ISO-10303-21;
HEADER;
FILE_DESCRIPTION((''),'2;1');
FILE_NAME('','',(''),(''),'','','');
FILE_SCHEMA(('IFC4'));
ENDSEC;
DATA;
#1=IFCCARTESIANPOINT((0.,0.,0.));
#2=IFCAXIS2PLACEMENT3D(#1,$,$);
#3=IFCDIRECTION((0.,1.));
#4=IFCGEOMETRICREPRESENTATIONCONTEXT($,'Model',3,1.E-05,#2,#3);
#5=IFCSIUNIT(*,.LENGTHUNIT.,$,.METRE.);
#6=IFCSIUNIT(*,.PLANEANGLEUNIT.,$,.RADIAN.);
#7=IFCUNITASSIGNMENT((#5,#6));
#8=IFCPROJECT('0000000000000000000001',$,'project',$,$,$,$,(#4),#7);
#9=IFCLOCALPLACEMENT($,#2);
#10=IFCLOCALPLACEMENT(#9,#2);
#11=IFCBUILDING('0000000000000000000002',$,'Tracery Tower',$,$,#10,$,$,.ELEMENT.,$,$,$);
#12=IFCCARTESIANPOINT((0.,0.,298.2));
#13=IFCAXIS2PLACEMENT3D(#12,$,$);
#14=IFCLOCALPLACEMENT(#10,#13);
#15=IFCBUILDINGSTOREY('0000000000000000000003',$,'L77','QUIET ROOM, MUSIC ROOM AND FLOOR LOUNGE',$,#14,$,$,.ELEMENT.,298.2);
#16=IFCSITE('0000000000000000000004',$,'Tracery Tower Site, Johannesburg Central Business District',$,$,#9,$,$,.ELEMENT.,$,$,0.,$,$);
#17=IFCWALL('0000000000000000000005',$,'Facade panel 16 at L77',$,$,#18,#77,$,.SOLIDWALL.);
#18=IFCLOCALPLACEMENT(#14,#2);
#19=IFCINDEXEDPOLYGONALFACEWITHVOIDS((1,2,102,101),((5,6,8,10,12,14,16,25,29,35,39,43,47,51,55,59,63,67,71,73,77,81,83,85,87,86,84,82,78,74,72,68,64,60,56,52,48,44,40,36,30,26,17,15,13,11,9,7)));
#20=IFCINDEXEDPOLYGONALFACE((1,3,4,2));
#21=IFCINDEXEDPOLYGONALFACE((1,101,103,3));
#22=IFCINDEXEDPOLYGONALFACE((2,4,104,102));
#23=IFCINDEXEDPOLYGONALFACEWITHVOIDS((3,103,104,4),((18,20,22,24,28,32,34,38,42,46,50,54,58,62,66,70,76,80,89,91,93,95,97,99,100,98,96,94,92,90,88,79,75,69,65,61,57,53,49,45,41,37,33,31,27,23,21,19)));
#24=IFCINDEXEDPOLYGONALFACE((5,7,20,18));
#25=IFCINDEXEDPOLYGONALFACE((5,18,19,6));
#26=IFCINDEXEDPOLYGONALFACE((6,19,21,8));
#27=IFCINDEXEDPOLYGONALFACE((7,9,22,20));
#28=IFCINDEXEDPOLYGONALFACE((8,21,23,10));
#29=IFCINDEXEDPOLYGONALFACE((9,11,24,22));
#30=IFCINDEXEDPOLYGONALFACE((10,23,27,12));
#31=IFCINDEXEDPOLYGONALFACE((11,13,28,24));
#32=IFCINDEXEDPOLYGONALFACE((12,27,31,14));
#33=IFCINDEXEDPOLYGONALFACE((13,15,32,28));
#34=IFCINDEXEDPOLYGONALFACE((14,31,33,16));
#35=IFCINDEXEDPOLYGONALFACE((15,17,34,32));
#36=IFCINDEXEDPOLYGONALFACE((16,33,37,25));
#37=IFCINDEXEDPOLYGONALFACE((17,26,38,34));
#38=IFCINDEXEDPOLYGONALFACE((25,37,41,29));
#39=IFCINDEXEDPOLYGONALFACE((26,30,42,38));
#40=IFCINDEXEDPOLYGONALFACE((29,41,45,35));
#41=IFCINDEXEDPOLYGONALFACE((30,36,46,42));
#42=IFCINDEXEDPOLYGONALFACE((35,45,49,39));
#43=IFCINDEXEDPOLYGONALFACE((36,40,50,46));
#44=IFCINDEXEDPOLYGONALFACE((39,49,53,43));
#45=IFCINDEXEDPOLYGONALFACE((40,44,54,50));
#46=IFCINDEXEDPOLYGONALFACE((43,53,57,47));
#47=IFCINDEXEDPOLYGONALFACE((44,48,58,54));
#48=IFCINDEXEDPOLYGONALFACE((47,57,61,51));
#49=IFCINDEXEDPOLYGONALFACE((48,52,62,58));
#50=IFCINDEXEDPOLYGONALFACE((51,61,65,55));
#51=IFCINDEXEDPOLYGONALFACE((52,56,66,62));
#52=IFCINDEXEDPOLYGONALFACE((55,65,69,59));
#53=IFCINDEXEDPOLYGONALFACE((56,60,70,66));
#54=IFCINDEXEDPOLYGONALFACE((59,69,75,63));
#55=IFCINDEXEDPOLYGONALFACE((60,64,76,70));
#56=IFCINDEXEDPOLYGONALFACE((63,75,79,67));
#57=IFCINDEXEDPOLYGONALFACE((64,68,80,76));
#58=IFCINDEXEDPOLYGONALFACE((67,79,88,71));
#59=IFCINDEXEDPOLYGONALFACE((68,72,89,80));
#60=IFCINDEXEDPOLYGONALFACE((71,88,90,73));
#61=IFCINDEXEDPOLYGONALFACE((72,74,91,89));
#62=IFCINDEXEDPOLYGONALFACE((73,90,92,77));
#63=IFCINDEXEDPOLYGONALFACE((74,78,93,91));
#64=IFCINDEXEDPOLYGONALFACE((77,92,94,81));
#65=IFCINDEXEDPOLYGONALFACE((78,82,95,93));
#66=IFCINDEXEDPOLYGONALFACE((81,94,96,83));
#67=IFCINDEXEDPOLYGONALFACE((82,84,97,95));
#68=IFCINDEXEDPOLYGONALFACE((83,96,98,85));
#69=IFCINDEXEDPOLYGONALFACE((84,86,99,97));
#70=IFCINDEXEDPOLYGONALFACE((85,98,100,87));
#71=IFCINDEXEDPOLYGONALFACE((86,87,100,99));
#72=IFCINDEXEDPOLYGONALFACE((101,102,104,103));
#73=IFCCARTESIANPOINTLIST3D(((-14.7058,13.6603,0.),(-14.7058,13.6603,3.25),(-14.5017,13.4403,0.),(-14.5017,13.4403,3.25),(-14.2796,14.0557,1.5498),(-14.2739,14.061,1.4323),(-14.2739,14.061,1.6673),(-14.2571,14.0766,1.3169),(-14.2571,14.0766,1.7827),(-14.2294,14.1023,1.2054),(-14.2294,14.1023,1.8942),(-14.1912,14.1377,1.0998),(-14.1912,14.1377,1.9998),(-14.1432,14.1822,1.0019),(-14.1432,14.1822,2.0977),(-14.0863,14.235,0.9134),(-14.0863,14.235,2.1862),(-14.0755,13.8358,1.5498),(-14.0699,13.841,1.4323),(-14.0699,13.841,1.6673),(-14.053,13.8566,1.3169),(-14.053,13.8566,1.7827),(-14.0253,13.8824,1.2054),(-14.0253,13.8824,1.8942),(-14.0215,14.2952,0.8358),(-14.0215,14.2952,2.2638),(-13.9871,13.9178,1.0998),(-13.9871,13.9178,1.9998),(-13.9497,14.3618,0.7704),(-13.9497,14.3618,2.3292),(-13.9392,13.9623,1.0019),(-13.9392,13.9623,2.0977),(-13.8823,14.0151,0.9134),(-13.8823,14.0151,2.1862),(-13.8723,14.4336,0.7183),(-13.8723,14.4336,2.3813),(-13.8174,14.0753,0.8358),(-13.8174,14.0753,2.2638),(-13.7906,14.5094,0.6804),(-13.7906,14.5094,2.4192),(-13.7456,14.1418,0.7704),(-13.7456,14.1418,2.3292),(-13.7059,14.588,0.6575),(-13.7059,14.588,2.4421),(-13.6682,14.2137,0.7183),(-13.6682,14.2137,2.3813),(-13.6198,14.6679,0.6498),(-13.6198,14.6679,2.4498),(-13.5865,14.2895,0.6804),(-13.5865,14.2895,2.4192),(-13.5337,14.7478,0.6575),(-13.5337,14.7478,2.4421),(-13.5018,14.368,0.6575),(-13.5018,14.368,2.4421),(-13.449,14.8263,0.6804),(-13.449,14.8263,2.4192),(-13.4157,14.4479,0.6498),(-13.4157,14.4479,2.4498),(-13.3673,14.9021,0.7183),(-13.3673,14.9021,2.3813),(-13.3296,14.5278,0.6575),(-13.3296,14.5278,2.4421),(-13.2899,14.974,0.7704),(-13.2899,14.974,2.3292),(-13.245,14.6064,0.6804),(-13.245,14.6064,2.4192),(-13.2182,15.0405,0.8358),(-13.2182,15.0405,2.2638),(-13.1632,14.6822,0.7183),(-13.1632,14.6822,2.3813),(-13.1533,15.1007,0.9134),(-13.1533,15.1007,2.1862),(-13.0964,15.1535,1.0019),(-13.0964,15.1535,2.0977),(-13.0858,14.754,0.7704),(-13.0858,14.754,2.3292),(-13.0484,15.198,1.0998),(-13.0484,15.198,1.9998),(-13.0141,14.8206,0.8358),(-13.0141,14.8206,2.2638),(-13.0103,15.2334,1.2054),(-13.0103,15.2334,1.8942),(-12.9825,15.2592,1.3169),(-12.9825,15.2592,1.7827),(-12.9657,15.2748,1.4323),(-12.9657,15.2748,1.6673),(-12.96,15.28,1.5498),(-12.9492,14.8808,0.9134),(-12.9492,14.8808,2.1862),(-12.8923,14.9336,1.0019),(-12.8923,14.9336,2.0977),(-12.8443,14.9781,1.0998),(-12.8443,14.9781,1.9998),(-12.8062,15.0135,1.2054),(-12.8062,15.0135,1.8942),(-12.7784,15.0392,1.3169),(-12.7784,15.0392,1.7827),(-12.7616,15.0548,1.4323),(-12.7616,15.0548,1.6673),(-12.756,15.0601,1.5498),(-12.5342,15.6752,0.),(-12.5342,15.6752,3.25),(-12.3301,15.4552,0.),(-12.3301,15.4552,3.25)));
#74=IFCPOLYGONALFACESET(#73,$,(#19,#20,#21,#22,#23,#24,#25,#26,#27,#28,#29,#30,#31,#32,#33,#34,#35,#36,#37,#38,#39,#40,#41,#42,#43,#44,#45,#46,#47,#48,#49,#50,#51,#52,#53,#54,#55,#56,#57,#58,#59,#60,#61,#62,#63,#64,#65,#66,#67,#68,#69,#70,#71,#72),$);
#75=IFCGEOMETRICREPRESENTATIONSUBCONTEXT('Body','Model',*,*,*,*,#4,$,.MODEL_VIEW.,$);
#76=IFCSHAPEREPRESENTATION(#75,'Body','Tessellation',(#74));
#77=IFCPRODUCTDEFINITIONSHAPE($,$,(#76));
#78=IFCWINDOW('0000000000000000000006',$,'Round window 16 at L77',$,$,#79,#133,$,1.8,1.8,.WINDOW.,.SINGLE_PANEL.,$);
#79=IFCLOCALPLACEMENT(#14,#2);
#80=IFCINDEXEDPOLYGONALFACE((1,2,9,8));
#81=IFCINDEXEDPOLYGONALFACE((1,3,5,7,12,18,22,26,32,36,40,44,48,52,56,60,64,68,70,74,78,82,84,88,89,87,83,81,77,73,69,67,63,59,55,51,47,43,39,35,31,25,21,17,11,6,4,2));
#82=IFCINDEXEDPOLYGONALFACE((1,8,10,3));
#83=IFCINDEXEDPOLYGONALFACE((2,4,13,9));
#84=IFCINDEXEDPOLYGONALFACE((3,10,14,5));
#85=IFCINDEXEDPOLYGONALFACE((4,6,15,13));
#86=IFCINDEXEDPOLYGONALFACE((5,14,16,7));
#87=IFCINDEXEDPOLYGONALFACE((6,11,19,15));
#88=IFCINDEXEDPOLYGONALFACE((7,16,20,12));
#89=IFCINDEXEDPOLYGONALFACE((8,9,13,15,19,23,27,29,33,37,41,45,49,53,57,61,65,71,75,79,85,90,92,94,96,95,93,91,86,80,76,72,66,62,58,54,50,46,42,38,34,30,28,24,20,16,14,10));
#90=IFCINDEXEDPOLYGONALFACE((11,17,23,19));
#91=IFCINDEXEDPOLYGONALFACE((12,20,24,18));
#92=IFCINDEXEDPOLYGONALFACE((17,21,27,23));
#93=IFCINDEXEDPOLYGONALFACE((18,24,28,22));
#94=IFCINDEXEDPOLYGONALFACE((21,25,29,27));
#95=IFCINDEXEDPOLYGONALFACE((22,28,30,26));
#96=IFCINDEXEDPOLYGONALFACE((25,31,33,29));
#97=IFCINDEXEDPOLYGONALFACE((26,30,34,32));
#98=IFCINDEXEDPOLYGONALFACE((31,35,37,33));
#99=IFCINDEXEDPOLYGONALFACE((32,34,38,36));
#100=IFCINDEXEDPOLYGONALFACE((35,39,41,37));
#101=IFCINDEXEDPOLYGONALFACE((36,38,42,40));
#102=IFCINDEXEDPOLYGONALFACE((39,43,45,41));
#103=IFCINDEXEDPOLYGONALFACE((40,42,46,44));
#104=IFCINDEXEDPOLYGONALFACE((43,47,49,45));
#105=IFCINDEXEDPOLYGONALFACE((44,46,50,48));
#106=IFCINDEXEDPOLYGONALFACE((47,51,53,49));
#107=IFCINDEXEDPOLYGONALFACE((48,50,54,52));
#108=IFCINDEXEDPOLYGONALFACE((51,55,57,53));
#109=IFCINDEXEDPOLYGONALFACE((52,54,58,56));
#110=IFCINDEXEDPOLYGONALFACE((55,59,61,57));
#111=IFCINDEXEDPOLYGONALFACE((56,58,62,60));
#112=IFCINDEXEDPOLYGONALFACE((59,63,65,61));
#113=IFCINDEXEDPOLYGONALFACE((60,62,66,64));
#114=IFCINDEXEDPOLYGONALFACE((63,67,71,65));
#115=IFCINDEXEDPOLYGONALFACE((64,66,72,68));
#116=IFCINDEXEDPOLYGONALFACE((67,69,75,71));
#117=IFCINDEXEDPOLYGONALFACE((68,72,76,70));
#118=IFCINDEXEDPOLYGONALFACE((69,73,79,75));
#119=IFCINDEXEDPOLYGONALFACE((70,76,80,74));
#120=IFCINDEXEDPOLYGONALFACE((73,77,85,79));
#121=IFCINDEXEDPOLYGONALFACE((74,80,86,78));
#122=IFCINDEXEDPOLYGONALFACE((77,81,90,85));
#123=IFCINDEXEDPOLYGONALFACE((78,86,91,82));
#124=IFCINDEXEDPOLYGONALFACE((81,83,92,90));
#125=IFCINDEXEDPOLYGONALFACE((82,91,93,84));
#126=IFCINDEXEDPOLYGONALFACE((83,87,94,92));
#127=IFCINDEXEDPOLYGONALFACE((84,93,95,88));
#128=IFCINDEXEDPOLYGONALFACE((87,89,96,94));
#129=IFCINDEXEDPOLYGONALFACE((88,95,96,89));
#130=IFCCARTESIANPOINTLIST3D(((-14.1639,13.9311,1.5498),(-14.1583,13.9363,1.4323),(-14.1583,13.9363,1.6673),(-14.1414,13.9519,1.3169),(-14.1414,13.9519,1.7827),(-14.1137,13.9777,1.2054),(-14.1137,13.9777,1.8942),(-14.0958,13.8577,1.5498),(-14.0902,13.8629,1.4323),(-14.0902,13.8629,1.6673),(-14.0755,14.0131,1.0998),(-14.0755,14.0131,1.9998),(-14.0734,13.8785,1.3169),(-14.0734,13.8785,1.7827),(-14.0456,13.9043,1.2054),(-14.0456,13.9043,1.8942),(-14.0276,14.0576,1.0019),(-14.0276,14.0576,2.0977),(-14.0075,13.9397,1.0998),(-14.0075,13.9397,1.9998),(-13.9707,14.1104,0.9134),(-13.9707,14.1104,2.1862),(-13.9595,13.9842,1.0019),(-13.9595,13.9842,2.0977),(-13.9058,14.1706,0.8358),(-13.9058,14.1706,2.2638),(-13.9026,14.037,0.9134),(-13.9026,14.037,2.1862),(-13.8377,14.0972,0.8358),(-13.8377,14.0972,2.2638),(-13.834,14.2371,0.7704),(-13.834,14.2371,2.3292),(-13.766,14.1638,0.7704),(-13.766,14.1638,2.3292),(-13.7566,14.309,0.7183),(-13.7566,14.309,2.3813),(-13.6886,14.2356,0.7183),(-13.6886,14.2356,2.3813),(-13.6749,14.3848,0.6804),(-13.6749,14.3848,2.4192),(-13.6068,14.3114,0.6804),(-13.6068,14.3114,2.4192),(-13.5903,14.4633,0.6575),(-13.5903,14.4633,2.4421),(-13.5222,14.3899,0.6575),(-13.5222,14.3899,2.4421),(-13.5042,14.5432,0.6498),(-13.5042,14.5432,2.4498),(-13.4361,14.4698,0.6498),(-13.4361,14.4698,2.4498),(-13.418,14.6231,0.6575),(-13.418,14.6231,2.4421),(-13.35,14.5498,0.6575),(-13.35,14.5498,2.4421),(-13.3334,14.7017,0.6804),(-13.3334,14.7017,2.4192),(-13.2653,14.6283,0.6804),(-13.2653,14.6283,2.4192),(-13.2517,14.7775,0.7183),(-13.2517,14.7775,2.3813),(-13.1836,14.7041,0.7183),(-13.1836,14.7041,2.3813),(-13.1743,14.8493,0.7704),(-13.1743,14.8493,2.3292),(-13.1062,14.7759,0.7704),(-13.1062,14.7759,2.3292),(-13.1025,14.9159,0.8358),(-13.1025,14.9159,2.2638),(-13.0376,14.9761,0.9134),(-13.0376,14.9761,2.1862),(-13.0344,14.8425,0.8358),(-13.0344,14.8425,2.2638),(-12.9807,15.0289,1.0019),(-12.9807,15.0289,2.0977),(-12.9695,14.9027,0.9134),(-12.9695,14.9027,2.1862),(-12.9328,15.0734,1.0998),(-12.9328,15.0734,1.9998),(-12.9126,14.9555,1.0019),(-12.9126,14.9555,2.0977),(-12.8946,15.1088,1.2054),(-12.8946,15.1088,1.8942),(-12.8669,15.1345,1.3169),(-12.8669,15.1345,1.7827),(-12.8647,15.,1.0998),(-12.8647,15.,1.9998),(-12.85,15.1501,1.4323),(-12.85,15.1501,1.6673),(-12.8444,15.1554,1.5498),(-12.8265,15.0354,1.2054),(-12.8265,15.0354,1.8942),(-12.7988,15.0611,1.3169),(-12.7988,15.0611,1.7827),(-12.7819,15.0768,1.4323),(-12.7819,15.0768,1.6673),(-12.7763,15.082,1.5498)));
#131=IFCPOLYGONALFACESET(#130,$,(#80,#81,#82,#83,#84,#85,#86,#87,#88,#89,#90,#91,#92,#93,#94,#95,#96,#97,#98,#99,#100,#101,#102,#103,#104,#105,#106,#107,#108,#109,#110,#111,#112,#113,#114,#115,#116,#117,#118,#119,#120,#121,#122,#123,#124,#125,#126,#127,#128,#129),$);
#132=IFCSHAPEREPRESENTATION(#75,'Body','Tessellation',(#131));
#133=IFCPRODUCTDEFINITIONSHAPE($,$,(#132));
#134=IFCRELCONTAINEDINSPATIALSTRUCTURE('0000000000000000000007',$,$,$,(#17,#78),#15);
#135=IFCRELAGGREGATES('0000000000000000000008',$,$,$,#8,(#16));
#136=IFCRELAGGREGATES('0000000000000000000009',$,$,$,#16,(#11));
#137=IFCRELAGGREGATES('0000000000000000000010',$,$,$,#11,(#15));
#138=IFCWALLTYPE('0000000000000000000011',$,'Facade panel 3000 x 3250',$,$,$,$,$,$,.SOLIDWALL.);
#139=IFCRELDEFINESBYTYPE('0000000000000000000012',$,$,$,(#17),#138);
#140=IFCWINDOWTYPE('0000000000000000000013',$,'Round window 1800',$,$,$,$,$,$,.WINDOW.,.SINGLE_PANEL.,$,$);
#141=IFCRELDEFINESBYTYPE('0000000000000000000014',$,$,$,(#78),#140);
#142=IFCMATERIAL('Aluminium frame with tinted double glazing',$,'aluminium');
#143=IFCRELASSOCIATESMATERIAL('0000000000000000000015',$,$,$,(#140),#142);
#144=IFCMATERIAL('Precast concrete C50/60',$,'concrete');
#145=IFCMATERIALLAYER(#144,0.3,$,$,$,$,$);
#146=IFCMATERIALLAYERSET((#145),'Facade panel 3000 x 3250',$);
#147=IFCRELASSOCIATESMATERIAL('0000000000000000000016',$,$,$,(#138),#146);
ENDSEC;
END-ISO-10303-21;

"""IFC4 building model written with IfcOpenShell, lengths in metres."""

from ifc_helpers import new_model, si_unit, direction, frame, frame_2d, origin, origin_2d, place, context, subcontext, project, spatial, rectangle, circle, extrude, material, layer, layer_set, type_object, element, fill, save


model = new_model("IFC4")

# Units and contexts
model_context = context("Model", 3, precision=1e-05, world=origin(), true_north=direction((0.0, 1.0)))
body_context = subcontext(model_context, "Body", "Model", "MODEL_VIEW")
ifc_project = project(units=[si_unit("LENGTHUNIT", "METRE"), si_unit("PLANEANGLEUNIT", "RADIAN")], contexts=[model_context])

# Site, building, storey
site_placement = place(None, origin())
site = spatial("IfcSite", under=ifc_project, at=site_placement, Name="Tracery Tower Site, Johannesburg Central Business District", CompositionType="ELEMENT", RefElevation=0.0)
building_placement = place(site_placement, origin())
building = spatial("IfcBuilding", under=site, at=building_placement, Name="Tracery Tower", CompositionType="ELEMENT")
storey_placement = place(building_placement, frame((0.0, 0.0, 298.2)))
storey = spatial("IfcBuildingStorey", under=building, at=storey_placement, Name="L77", Description="QUIET ROOM, MUSIC ROOM AND FLOOR LOUNGE", CompositionType="ELEMENT", Elevation=298.2)

# Wall, opening, window
ifc_material_1 = material(Name="Aluminium frame with tinted double glazing", Category="aluminium")
window_type = type_object("IfcWindowType", Name="Round window 1800", PartitioningType="SINGLE_PANEL", PredefinedType="WINDOW", material=ifc_material_1)
ifc_material_2 = material(Name="Precast concrete C50/60", Category="concrete")
ifc_layer_1 = layer(ifc_material_2, 0.3)
ifc_layer_set_1 = layer_set([ifc_layer_1], Name="Facade panel 3000 x 3250")
wall_type_1 = type_object("IfcWallType", Name="Facade panel 3000 x 3250", PredefinedType="SOLIDWALL", material=ifc_layer_set_1)
wall_1_placement = place(storey_placement, frame((-12.4321, 15.5652, 0.0), z_axis=(0.0, 0.0, 1.0), x_axis=(-0.733066, -0.680157, 0.0)))
wall_1 = element("IfcWall", 1, at=wall_1_placement, inside=storey, type_object=wall_type_1, Name="Facade panel 16 at L77", PredefinedType="SOLIDWALL", context=body_context, shape_type="SweptSolid", body=[
    extrude(rectangle(XDim=2.9624, YDim=0.3, at=frame_2d((1.4812, 0.0))), origin(), (0.0, 0.0, 1.0), 3.25),
])
opening_1_placement = place(wall_1_placement, frame((1.481, 0.0, 1.5498)))
opening_1 = element("IfcOpeningElement", 2, at=opening_1_placement, cuts=wall_1, PredefinedType="OPENING", context=body_context, shape_type="SweptSolid", body=[
    extrude(circle(Radius=0.9, at=origin_2d()), frame((0.0, 0.1599, 0.0), z_axis=(0.0, -1.0, 0.0), x_axis=(1.0, 0.0, 0.0)), (0.0, 0.0, 1.0), 0.3201),
])
window_1_placement = place(opening_1_placement, origin())
window_1 = element("IfcWindow", 3, at=window_1_placement, inside=storey, type_object=window_type, Name="Round window 16 at L77", OverallHeight=1.8, OverallWidth=1.8, PartitioningType="SINGLE_PANEL", PredefinedType="WINDOW", context=body_context, shape_type="SweptSolid", body=[
    extrude(circle(Radius=0.9, at=origin_2d()), frame((0.0, 0.1201, 0.0), z_axis=(0.0, -1.0, 0.0), x_axis=(1.0, 0.0, 0.0)), (0.0, 0.0, 1.0), 0.1001),
])
fill(opening_1, window_1)

save(model, "model.ifc")
